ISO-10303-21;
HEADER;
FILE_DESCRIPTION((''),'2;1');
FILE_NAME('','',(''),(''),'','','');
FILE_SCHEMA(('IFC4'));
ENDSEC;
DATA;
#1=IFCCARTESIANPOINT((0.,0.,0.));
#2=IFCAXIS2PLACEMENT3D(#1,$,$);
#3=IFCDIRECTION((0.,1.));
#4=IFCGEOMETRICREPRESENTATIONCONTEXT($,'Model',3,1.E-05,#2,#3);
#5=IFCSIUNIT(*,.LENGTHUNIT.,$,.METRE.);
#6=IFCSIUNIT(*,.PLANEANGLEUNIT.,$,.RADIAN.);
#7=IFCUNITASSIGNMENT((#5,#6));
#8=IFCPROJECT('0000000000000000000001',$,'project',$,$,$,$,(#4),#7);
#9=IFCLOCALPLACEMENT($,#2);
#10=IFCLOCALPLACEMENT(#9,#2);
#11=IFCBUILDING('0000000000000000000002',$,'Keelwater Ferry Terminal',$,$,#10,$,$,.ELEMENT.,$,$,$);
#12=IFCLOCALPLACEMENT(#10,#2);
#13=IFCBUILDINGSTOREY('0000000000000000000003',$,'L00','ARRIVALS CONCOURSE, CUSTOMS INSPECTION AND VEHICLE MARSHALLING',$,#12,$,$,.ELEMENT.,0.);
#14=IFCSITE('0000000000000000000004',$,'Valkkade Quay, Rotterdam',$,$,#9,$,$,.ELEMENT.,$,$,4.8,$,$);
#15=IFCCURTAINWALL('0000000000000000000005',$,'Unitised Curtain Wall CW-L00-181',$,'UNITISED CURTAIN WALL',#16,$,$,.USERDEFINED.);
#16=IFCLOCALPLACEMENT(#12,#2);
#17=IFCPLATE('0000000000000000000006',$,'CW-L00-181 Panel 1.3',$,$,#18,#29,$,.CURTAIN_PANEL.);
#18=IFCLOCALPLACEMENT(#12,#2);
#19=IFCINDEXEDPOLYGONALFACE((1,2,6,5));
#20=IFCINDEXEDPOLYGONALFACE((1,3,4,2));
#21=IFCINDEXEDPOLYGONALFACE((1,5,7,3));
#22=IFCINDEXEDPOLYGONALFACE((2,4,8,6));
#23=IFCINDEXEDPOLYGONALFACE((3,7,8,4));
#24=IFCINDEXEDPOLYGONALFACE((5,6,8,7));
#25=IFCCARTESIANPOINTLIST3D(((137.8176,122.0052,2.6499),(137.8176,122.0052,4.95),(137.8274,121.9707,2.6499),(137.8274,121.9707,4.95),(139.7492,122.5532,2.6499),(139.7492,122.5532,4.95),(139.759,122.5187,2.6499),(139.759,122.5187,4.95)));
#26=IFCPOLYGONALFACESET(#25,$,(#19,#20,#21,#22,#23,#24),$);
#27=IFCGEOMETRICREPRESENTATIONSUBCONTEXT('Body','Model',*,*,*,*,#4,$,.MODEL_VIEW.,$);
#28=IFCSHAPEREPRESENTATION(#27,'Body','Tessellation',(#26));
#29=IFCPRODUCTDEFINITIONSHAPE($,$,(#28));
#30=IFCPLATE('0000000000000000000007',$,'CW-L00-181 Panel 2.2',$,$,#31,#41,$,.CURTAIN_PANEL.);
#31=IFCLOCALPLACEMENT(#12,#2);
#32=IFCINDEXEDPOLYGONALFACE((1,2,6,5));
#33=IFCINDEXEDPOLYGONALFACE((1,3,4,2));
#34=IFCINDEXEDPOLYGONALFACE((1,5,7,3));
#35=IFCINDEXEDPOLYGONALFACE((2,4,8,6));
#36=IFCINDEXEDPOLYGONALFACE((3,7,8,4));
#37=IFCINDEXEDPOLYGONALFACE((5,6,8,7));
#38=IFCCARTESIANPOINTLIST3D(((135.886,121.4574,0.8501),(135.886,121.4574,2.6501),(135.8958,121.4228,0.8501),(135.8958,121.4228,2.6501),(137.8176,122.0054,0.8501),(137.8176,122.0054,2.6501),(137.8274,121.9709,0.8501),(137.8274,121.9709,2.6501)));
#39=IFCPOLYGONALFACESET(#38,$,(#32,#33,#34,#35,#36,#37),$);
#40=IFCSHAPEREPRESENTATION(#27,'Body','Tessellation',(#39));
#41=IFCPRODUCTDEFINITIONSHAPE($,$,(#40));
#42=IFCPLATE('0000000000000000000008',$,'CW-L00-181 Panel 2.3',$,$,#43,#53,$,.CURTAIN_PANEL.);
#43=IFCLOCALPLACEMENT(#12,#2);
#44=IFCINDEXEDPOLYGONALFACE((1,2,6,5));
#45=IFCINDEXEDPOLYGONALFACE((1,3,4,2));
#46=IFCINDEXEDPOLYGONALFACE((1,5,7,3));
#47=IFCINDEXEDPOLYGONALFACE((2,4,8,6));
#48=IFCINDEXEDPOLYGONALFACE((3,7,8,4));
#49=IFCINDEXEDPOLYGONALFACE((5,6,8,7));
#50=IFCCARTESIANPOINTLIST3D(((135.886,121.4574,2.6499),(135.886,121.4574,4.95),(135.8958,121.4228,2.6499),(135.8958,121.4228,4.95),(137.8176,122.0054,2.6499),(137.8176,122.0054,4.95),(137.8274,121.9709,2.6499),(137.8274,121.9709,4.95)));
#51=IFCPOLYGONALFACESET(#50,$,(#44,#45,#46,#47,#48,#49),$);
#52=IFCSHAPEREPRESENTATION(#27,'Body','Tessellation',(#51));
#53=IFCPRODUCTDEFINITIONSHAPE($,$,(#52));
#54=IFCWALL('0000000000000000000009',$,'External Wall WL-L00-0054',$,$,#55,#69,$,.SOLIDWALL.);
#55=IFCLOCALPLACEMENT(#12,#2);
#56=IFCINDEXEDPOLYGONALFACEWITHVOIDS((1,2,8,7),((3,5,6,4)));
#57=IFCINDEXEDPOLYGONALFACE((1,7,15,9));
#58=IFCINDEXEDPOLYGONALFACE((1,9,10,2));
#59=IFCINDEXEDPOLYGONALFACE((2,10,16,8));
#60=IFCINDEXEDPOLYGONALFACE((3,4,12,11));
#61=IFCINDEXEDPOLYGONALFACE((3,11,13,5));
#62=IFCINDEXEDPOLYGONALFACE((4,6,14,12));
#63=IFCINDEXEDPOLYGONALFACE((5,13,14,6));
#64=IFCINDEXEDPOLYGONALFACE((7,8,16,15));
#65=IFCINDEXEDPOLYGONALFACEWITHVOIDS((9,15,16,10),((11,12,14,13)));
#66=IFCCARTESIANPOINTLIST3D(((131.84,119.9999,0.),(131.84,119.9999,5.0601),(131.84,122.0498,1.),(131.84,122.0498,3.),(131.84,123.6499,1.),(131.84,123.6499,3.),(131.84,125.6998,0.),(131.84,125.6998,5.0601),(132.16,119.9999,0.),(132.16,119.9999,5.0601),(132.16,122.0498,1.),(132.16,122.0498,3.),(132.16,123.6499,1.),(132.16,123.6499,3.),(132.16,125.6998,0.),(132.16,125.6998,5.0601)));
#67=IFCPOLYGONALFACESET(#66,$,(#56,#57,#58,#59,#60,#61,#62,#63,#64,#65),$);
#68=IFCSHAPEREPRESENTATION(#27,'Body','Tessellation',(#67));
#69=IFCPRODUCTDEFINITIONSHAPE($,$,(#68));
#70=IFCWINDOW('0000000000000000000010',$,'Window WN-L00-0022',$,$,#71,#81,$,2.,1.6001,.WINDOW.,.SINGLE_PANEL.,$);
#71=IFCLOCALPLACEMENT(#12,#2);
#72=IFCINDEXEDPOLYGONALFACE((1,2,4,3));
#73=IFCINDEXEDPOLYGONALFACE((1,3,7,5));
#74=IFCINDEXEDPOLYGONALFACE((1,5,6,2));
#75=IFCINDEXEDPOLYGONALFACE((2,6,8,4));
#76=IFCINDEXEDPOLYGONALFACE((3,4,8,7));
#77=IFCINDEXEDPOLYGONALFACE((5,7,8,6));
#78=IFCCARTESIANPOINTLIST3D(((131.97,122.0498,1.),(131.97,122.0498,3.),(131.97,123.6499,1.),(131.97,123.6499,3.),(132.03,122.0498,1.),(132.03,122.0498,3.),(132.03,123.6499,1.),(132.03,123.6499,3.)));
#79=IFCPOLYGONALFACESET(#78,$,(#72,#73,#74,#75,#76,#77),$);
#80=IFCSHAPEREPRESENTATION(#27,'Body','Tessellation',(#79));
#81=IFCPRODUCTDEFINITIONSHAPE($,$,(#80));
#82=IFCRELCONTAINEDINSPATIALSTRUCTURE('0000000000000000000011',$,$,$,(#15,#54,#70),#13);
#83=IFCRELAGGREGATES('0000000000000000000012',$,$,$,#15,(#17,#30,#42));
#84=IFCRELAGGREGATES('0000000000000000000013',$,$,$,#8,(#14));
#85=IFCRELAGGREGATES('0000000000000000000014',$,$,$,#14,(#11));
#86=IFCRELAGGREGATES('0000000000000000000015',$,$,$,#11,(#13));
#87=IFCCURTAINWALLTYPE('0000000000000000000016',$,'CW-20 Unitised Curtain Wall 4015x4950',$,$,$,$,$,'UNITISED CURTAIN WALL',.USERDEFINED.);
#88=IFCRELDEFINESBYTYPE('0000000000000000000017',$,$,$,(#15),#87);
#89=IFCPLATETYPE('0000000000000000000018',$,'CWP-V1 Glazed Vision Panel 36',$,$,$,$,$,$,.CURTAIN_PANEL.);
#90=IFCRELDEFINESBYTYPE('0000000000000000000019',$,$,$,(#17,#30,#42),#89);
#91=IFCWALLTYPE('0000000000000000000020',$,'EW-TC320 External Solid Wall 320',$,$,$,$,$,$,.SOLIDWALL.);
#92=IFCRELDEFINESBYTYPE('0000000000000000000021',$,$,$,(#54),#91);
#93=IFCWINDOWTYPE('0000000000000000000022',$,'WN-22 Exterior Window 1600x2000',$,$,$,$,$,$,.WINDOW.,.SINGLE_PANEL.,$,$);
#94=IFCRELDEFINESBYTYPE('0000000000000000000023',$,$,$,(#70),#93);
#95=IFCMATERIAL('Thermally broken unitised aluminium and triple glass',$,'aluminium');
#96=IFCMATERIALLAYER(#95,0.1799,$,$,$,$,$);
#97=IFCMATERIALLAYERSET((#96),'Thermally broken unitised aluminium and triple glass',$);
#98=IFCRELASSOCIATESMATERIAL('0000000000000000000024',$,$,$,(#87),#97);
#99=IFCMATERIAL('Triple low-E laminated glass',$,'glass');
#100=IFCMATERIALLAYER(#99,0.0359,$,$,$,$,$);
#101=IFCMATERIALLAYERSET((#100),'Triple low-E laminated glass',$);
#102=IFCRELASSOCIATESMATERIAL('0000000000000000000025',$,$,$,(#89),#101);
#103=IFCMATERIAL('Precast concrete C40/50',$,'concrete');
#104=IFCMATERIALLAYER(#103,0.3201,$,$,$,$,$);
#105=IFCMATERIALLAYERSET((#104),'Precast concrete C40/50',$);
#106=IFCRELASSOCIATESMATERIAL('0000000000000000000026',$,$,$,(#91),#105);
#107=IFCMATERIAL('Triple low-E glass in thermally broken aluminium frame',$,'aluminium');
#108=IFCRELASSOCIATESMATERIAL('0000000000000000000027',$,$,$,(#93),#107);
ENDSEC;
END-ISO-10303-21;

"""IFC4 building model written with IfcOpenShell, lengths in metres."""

from ifc_helpers import new_model, si_unit, direction, frame, frame_2d, origin, origin_2d, place, context, subcontext, project, spatial, rectangle, extrude, material, layer, layer_set, type_object, element, fill, aggregate, save


model = new_model("IFC4")

# Units and contexts
model_context = context("Model", 3, precision=1e-05, world=origin(), true_north=direction((0.0, 1.0)))
body_context = subcontext(model_context, "Body", "Model", "MODEL_VIEW")
ifc_project = project(units=[si_unit("LENGTHUNIT", "METRE"), si_unit("PLANEANGLEUNIT", "RADIAN")], contexts=[model_context])

# Site, building, storey
site_placement = place(None, origin())
site = spatial("IfcSite", under=ifc_project, at=site_placement, Name="Valkkade Quay, Rotterdam", CompositionType="ELEMENT", RefElevation=4.8)
building_placement = place(site_placement, origin())
building = spatial("IfcBuilding", under=site, at=building_placement, Name="Keelwater Ferry Terminal", CompositionType="ELEMENT")
storey_placement = place(building_placement, origin())
storey = spatial("IfcBuildingStorey", under=building, at=storey_placement, Name="L00", Description="ARRIVALS CONCOURSE, CUSTOMS INSPECTION AND VEHICLE MARSHALLING", CompositionType="ELEMENT", Elevation=0.0)

# Shared definitions
ifc_material_1 = material(Name="Thermally broken unitised aluminium and triple glass", Category="aluminium")
ifc_layer_1 = layer(ifc_material_1, 0.1799)
ifc_layer_set_1 = layer_set([ifc_layer_1], Name="Thermally broken unitised aluminium and triple glass")
curtain_wall_type = type_object("IfcCurtainWallType", Name="CW-20 Unitised Curtain Wall 4015x4950", ElementType="UNITISED CURTAIN WALL", PredefinedType="USERDEFINED", material=ifc_layer_set_1)

# Curtain wall
curtain_wall_1_placement = place(storey_placement, origin())
curtain_wall_1 = element("IfcCurtainWall", 1, at=curtain_wall_1_placement, inside=storey, type_object=curtain_wall_type, Name="Unitised Curtain Wall CW-L00-181", ObjectType="UNITISED CURTAIN WALL", PredefinedType="USERDEFINED")

# Plates
ifc_material_2 = material(Name="Triple low-E laminated glass", Category="glass")
ifc_layer_2 = layer(ifc_material_2, 0.0359)
ifc_layer_set_2 = layer_set([ifc_layer_2], Name="Triple low-E laminated glass")
plate_type_1 = type_object("IfcPlateType", Name="CWP-V1 Glazed Vision Panel 36", PredefinedType="CURTAIN_PANEL", material=ifc_layer_set_2)
plate_1_placement = place(storey_placement, frame((138.7883, 122.262, 2.6499), z_axis=(0.0, 0.0, 1.0), x_axis=(-0.96203, -0.272945, 0.0)))
plate_1 = element("IfcPlate", 2, at=plate_1_placement, type_object=plate_type_1, Name="CW-L00-181 Panel 1.3", PredefinedType="CURTAIN_PANEL", context=body_context, shape_type="SweptSolid", body=[
    extrude(rectangle(XDim=2.0078, YDim=0.0359, at=origin_2d()), origin(), (0.0, 0.0, 1.0), 2.3),
])
plate_2_placement = place(storey_placement, frame((136.8567, 121.7141, 0.8501), z_axis=(0.0, 0.0, 1.0), x_axis=(-0.96203, -0.272945, 0.0)))
plate_2 = element("IfcPlate", 3, at=plate_2_placement, type_object=plate_type_1, Name="CW-L00-181 Panel 2.2", PredefinedType="CURTAIN_PANEL", context=body_context, shape_type="SweptSolid", body=[
    extrude(rectangle(XDim=2.0078, YDim=0.0359, at=origin_2d()), origin(), (0.0, 0.0, 1.0), 1.8),
])
plate_3_placement = place(storey_placement, frame((136.8567, 121.7141, 2.6499), z_axis=(0.0, 0.0, 1.0), x_axis=(-0.96203, -0.272945, 0.0)))
plate_3 = element("IfcPlate", 4, at=plate_3_placement, type_object=plate_type_1, Name="CW-L00-181 Panel 2.3", PredefinedType="CURTAIN_PANEL", context=body_context, shape_type="SweptSolid", body=[
    extrude(rectangle(XDim=2.0078, YDim=0.0359, at=origin_2d()), origin(), (0.0, 0.0, 1.0), 2.3),
])
aggregate(curtain_wall_1, [plate_1, plate_2, plate_3])

# Wall, opening, window
ifc_material_3 = material(Name="Precast concrete C40/50", Category="concrete")
ifc_layer_3 = layer(ifc_material_3, 0.3201)
ifc_layer_set_3 = layer_set([ifc_layer_3], Name="Precast concrete C40/50")
wall_type = type_object("IfcWallType", Name="EW-TC320 External Solid Wall 320", PredefinedType="SOLIDWALL", material=ifc_layer_set_3)
wall_placement = place(storey_placement, frame((132.0, 125.7, 0.0), z_axis=(0.0, 0.0, 1.0), x_axis=(0.0, -1.0, 0.0)))
wall = element("IfcWall", 5, at=wall_placement, inside=storey, type_object=wall_type, Name="External Wall WL-L00-0054", PredefinedType="SOLIDWALL", context=body_context, shape_type="SweptSolid", body=[
    extrude(rectangle(XDim=5.7, YDim=0.3201, at=frame_2d((2.8501, 0.0))), origin(), (0.0, 0.0, 1.0), 5.0601),
])
opening_placement = place(wall_placement, frame((2.05, 0.0, 1.0)))
opening = element("IfcOpeningElement", 6, at=opening_placement, cuts=wall, PredefinedType="OPENING", context=body_context, shape_type="SweptSolid", body=[
    extrude(rectangle(XDim=1.6001, YDim=2.0, at=frame_2d((0.8, 1.0))), frame((0.0, 0.1702, 0.0), z_axis=(0.0, -1.0, 0.0), x_axis=(1.0, 0.0, 0.0)), (0.0, 0.0, 1.0), 0.3401),
])
ifc_material_4 = material(Name="Triple low-E glass in thermally broken aluminium frame", Category="aluminium")
window_type = type_object("IfcWindowType", Name="WN-22 Exterior Window 1600x2000", PartitioningType="SINGLE_PANEL", PredefinedType="WINDOW", material=ifc_material_4)
window_placement = place(opening_placement, origin())
window = element("IfcWindow", 7, at=window_placement, inside=storey, type_object=window_type, Name="Window WN-L00-0022", OverallHeight=2.0, OverallWidth=1.6001, PartitioningType="SINGLE_PANEL", PredefinedType="WINDOW", context=body_context, shape_type="SweptSolid", body=[
    extrude(rectangle(XDim=1.6001, YDim=2.0, at=frame_2d((0.8, 1.0))), frame((0.0, 0.03, 0.0), z_axis=(0.0, -1.0, 0.0), x_axis=(1.0, 0.0, 0.0)), (0.0, 0.0, 1.0), 0.0601),
])
fill(opening, window)

save(model, "model.ifc")
